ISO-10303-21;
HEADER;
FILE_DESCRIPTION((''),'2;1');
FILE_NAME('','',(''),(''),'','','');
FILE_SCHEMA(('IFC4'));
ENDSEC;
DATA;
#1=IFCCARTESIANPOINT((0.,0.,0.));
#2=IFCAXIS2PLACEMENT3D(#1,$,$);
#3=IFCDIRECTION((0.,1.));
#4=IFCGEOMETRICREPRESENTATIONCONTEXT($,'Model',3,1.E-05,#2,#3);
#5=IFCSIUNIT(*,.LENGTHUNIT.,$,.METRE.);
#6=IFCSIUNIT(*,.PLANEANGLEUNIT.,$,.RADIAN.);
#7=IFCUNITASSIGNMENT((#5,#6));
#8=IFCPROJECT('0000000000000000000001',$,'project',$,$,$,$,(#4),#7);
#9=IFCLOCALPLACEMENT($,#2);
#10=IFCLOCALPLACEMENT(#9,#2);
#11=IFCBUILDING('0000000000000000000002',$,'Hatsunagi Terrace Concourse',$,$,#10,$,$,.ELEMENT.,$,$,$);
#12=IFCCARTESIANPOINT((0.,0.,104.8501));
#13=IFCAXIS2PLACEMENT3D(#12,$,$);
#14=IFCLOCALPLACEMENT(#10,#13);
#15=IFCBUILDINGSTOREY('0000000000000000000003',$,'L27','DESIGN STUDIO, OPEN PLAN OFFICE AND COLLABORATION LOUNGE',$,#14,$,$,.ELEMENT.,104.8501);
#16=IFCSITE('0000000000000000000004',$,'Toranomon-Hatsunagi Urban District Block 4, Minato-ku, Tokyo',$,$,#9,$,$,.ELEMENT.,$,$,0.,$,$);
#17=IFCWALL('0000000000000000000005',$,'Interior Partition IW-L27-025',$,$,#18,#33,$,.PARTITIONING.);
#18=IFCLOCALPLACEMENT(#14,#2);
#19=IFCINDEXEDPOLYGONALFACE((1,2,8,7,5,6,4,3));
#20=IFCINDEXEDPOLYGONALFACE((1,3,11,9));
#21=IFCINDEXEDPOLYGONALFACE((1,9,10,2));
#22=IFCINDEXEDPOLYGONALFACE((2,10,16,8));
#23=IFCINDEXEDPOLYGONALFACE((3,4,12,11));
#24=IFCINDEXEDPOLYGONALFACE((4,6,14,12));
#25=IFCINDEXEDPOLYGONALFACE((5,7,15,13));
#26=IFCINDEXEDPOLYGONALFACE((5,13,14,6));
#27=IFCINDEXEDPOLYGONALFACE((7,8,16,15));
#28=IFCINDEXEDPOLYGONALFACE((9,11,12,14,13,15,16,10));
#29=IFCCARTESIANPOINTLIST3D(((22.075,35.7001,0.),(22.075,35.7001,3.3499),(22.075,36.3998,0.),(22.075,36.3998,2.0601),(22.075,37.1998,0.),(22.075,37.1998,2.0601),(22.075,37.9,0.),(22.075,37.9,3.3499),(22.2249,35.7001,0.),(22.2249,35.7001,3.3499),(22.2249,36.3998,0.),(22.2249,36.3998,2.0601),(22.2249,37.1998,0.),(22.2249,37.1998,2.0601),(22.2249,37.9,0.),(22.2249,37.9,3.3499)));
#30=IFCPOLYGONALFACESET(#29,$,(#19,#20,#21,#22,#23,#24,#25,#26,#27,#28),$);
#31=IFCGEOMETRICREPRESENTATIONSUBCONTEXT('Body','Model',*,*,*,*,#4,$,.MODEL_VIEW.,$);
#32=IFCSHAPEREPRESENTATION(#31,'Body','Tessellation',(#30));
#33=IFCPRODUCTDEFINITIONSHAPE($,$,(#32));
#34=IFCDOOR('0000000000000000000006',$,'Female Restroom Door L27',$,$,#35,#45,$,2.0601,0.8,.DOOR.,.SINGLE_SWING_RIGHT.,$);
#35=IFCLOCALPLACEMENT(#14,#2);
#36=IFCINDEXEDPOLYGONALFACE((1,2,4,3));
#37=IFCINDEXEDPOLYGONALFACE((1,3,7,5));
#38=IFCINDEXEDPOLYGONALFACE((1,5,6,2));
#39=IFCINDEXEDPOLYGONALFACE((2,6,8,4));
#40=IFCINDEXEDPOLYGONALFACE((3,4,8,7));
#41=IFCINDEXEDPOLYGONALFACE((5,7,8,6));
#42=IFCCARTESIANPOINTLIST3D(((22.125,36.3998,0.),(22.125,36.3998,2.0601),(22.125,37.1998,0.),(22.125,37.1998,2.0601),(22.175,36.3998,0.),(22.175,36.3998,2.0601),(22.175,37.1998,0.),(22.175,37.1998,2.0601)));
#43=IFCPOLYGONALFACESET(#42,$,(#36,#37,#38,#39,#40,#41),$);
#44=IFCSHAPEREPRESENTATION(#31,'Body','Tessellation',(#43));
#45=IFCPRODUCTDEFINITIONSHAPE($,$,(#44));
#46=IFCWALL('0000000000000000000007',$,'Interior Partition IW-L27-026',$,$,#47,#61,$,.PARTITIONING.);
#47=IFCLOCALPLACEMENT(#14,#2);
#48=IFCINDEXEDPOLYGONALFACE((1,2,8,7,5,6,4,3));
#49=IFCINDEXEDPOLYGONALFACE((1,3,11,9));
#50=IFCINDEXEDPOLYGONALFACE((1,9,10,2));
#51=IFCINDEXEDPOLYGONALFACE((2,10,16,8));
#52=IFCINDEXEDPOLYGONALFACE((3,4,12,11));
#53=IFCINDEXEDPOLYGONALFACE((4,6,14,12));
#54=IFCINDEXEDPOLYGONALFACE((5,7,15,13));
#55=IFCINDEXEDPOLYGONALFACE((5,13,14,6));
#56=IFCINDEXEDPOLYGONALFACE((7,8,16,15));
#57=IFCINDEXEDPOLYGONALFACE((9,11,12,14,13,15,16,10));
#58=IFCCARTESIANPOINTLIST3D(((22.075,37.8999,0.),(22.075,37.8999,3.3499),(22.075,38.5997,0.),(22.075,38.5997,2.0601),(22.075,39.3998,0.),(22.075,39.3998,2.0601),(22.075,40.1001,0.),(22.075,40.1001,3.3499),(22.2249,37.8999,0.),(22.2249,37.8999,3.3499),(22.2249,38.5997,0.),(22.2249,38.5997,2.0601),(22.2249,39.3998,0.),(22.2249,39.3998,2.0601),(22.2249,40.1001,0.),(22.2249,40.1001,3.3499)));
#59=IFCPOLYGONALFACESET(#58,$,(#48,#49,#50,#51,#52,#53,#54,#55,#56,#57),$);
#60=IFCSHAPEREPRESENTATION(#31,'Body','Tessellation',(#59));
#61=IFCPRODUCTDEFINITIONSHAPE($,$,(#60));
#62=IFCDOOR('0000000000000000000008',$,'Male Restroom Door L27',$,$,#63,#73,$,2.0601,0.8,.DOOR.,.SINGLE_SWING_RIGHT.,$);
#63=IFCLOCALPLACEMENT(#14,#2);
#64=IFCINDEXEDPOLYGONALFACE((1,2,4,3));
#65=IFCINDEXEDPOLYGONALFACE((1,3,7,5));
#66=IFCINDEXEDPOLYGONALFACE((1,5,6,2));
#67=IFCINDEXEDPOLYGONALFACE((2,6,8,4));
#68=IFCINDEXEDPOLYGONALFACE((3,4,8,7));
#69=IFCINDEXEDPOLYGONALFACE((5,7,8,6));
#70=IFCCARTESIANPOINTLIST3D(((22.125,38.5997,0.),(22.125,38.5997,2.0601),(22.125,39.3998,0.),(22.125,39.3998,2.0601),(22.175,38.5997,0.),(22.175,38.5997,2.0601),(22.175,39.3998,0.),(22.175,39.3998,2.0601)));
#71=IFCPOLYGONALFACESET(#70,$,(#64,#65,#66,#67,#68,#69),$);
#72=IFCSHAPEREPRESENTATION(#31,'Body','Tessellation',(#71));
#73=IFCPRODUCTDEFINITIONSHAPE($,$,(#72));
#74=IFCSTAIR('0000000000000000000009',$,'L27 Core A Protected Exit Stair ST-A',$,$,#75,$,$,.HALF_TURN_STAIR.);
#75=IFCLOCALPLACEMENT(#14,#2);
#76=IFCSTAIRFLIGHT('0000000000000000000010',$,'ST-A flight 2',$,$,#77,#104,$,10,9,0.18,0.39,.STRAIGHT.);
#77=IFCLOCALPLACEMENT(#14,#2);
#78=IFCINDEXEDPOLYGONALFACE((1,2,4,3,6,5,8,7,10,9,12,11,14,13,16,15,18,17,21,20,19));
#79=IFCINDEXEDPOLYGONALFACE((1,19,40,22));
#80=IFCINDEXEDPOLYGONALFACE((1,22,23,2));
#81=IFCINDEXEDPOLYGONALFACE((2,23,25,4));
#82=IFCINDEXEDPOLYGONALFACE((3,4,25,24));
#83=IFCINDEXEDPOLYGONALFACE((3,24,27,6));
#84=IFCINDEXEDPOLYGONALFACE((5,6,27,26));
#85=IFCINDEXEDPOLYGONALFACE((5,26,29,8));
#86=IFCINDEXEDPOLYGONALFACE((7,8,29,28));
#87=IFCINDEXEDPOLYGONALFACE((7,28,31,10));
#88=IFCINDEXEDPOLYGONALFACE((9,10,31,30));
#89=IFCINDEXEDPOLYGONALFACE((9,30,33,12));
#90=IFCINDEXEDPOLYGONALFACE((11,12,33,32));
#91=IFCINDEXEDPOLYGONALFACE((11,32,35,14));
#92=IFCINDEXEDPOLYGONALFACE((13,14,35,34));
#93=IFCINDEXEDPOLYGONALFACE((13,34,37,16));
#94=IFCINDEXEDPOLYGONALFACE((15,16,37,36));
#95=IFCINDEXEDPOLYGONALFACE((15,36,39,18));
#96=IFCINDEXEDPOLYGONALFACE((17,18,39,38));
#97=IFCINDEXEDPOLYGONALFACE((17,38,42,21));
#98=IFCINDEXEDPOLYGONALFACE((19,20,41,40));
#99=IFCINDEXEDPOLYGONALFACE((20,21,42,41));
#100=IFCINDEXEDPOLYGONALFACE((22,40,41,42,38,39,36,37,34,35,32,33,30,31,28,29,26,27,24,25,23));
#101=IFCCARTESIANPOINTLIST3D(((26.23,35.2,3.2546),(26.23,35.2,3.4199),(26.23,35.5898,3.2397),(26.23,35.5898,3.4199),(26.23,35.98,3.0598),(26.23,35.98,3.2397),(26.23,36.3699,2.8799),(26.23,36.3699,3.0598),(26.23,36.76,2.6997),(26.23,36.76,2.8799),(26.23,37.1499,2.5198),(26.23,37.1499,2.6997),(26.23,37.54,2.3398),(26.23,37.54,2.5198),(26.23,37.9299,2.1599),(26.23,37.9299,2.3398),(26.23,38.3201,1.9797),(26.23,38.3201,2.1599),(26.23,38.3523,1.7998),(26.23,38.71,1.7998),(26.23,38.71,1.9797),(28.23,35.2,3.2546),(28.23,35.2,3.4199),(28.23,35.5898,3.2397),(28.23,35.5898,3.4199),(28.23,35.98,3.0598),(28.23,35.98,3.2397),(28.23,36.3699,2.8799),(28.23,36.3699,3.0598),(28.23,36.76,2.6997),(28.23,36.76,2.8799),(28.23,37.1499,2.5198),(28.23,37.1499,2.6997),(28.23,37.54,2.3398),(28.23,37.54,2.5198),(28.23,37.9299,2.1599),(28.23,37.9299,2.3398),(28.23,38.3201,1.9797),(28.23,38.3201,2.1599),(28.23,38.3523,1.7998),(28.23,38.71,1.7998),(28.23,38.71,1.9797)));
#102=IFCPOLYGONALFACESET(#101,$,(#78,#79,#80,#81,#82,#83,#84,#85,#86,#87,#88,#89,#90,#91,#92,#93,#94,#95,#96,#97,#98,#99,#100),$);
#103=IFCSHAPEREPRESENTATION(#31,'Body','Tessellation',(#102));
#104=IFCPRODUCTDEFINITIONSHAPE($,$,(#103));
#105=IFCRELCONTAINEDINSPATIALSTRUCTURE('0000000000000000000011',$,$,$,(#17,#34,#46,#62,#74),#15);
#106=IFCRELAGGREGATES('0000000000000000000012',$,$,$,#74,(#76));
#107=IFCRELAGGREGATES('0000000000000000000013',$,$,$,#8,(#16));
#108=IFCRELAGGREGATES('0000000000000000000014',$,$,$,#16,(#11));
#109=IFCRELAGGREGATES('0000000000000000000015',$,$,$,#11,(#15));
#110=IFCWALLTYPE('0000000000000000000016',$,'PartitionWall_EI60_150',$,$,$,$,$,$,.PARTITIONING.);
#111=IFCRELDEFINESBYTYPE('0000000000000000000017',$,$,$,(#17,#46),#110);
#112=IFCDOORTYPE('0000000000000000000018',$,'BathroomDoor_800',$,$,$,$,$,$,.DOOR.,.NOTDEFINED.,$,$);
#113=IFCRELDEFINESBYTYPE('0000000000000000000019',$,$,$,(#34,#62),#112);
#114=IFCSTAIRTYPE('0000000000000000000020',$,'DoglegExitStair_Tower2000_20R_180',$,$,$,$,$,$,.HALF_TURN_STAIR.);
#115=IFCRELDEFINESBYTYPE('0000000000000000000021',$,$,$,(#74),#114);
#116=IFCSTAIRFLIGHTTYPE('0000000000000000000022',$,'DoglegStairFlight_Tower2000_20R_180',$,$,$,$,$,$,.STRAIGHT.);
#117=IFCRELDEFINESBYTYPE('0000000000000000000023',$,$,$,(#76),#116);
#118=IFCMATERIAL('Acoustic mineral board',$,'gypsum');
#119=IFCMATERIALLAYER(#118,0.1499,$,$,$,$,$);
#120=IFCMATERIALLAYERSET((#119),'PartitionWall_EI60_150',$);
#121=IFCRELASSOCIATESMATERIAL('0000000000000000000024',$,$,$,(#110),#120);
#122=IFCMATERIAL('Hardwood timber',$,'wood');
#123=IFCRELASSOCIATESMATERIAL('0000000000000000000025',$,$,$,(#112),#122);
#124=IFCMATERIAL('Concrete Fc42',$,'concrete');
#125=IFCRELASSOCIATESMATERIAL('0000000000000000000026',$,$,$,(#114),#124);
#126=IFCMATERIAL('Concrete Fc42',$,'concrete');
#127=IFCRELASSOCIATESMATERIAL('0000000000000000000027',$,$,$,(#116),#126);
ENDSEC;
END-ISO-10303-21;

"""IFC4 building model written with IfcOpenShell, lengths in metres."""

from ifc_helpers import new_model, si_unit, direction, frame, frame_2d, origin, place, context, subcontext, project, spatial, polyline, rectangle, outline, extrude, material, layer, layer_set, type_object, element, fill, aggregate, save


model = new_model("IFC4")

# Units and contexts
model_context = context("Model", 3, precision=1e-05, world=origin(), true_north=direction((0.0, 1.0)))
body_context = subcontext(model_context, "Body", "Model", "MODEL_VIEW")
ifc_project = project(units=[si_unit("LENGTHUNIT", "METRE"), si_unit("PLANEANGLEUNIT", "RADIAN")], contexts=[model_context])

# Site, building, storey
site_placement = place(None, origin())
site = spatial("IfcSite", under=ifc_project, at=site_placement, Name="Toranomon-Hatsunagi Urban District Block 4, Minato-ku, Tokyo", CompositionType="ELEMENT", RefElevation=0.0)
building_placement = place(site_placement, origin())
building = spatial("IfcBuilding", under=site, at=building_placement, Name="Hatsunagi Terrace Concourse", CompositionType="ELEMENT")
storey_placement = place(building_placement, frame((0.0, 0.0, 104.8501)))
storey = spatial("IfcBuildingStorey", under=building, at=storey_placement, Name="L27", Description="DESIGN STUDIO, OPEN PLAN OFFICE AND COLLABORATION LOUNGE", CompositionType="ELEMENT", Elevation=104.8501)

# Shared definitions
ifc_material_1 = material(Name="Acoustic mineral board", Category="gypsum")
ifc_layer_1 = layer(ifc_material_1, 0.1499)
ifc_layer_set_1 = layer_set([ifc_layer_1], Name="PartitionWall_EI60_150")
wall_type = type_object("IfcWallType", Name="PartitionWall_EI60_150", PredefinedType="PARTITIONING", material=ifc_layer_set_1)

# Walls, openings, doors
ifc_material_2 = material(Name="Hardwood timber", Category="wood")
door_type = type_object("IfcDoorType", Name="BathroomDoor_800", OperationType="NOTDEFINED", PredefinedType="DOOR", material=ifc_material_2)
wall_1_placement = place(storey_placement, frame((22.1499, 35.7, 0.0), z_axis=(0.0, 0.0, 1.0), x_axis=(0.0, 1.0, 0.0)))
wall_1 = element("IfcWall", 1, at=wall_1_placement, inside=storey, type_object=wall_type, Name="Interior Partition IW-L27-025", PredefinedType="PARTITIONING", context=body_context, shape_type="SweptSolid", body=[
    extrude(rectangle(XDim=2.2, YDim=0.1499, at=frame_2d((1.1001, 0.0))), origin(), (0.0, 0.0, 1.0), 3.3499),
])
opening_1_placement = place(wall_1_placement, frame((0.7, 0.0, 0.0)))
opening_1 = element("IfcOpeningElement", 2, at=opening_1_placement, cuts=wall_1, PredefinedType="OPENING", context=body_context, shape_type="SweptSolid", body=[
    extrude(rectangle(XDim=0.8, YDim=2.0601, at=frame_2d((0.3999, 1.03))), frame((0.0, 0.085, 0.0), z_axis=(0.0, -1.0, 0.0), x_axis=(1.0, 0.0, 0.0)), (0.0, 0.0, 1.0), 0.1699),
])
door_1_placement = place(opening_1_placement, origin())
door_1 = element("IfcDoor", 3, at=door_1_placement, inside=storey, type_object=door_type, Name="Female Restroom Door L27", OperationType="SINGLE_SWING_RIGHT", OverallHeight=2.0601, OverallWidth=0.8, PredefinedType="DOOR", context=body_context, shape_type="SweptSolid", body=[
    extrude(rectangle(XDim=0.8, YDim=2.0601, at=frame_2d((0.3999, 1.03))), frame((0.0, 0.0249, 0.0), z_axis=(0.0, -1.0, 0.0), x_axis=(1.0, 0.0, 0.0)), (0.0, 0.0, 1.0), 0.05),
])
fill(opening_1, door_1)
wall_2_placement = place(storey_placement, frame((22.1499, 37.8999, 0.0), z_axis=(0.0, 0.0, 1.0), x_axis=(0.0, 1.0, 0.0)))
wall_2 = element("IfcWall", 4, at=wall_2_placement, inside=storey, type_object=wall_type, Name="Interior Partition IW-L27-026", PredefinedType="PARTITIONING", context=body_context, shape_type="SweptSolid", body=[
    extrude(rectangle(XDim=2.2002, YDim=0.1499, at=frame_2d((1.1001, 0.0))), origin(), (0.0, 0.0, 1.0), 3.3499),
])
opening_2_placement = place(wall_2_placement, frame((0.7, 0.0, 0.0)))
opening_2 = element("IfcOpeningElement", 5, at=opening_2_placement, cuts=wall_2, PredefinedType="OPENING", context=body_context, shape_type="SweptSolid", body=[
    extrude(rectangle(XDim=0.8, YDim=2.0601, at=frame_2d((0.3999, 1.03))), frame((0.0, 0.085, 0.0), z_axis=(0.0, -1.0, 0.0), x_axis=(1.0, 0.0, 0.0)), (0.0, 0.0, 1.0), 0.1699),
])
door_2_placement = place(opening_2_placement, origin())
door_2 = element("IfcDoor", 6, at=door_2_placement, inside=storey, type_object=door_type, Name="Male Restroom Door L27", OperationType="SINGLE_SWING_RIGHT", OverallHeight=2.0601, OverallWidth=0.8, PredefinedType="DOOR", context=body_context, shape_type="SweptSolid", body=[
    extrude(rectangle(XDim=0.8, YDim=2.0601, at=frame_2d((0.3999, 1.03))), frame((0.0, 0.0249, 0.0), z_axis=(0.0, -1.0, 0.0), x_axis=(1.0, 0.0, 0.0)), (0.0, 0.0, 1.0), 0.05),
])
fill(opening_2, door_2)

# Stair, stair flight
ifc_material_3 = material(Name="Concrete Fc42", Category="concrete")
stair_type = type_object("IfcStairType", Name="DoglegExitStair_Tower2000_20R_180", PredefinedType="HALF_TURN_STAIR", material=ifc_material_3)
stair_placement = place(storey_placement, origin())
stair = element("IfcStair", 7, at=stair_placement, inside=storey, type_object=stair_type, Name="L27 Core A Protected Exit Stair ST-A", PredefinedType="HALF_TURN_STAIR")
ifc_material_4 = material(Name="Concrete Fc42", Category="concrete")
stair_flight_type = type_object("IfcStairFlightType", Name="DoglegStairFlight_Tower2000_20R_180", PredefinedType="STRAIGHT", material=ifc_material_4)
stair_flight_placement = place(storey_placement, frame((27.23, 38.71, 1.7998), z_axis=(0.0, 0.0, 1.0), x_axis=(0.0, -1.0, 0.0)))
stair_flight = element("IfcStairFlight", 8, at=stair_flight_placement, type_object=stair_flight_type, Name="ST-A flight 2", NumberOfRisers=10, NumberOfTreads=9, PredefinedType="STRAIGHT", RiserHeight=0.18, TreadLength=0.39, context=body_context, shape_type="SweptSolid", body=[
    extrude(outline(polyline([(0.0, 0.0), (0.0, 0.1799), (0.3899, 0.1799), (0.3899, 0.3601), (0.78, 0.3601), (0.78, 0.54), (1.1699, 0.54), (1.1699, 0.72), (1.5601, 0.72), (1.5601, 0.8999), (1.95, 0.8999), (1.95, 1.0801), (2.3401, 1.0801), (2.3401, 1.26), (2.73, 1.26), (2.73, 1.4399), (3.1201, 1.4399), (3.1201, 1.6201), (3.51, 1.6201), (3.51, 1.8), (3.51, 1.4548), (0.3577, 0.0), (0.0, 0.0)])), frame((0.0, 1.0, 0.0), z_axis=(0.0, -1.0, 0.0), x_axis=(1.0, 0.0, 0.0)), (0.0, 0.0, 1.0), 2.0),
])
aggregate(stair, [stair_flight])

save(model, "model.ifc")
